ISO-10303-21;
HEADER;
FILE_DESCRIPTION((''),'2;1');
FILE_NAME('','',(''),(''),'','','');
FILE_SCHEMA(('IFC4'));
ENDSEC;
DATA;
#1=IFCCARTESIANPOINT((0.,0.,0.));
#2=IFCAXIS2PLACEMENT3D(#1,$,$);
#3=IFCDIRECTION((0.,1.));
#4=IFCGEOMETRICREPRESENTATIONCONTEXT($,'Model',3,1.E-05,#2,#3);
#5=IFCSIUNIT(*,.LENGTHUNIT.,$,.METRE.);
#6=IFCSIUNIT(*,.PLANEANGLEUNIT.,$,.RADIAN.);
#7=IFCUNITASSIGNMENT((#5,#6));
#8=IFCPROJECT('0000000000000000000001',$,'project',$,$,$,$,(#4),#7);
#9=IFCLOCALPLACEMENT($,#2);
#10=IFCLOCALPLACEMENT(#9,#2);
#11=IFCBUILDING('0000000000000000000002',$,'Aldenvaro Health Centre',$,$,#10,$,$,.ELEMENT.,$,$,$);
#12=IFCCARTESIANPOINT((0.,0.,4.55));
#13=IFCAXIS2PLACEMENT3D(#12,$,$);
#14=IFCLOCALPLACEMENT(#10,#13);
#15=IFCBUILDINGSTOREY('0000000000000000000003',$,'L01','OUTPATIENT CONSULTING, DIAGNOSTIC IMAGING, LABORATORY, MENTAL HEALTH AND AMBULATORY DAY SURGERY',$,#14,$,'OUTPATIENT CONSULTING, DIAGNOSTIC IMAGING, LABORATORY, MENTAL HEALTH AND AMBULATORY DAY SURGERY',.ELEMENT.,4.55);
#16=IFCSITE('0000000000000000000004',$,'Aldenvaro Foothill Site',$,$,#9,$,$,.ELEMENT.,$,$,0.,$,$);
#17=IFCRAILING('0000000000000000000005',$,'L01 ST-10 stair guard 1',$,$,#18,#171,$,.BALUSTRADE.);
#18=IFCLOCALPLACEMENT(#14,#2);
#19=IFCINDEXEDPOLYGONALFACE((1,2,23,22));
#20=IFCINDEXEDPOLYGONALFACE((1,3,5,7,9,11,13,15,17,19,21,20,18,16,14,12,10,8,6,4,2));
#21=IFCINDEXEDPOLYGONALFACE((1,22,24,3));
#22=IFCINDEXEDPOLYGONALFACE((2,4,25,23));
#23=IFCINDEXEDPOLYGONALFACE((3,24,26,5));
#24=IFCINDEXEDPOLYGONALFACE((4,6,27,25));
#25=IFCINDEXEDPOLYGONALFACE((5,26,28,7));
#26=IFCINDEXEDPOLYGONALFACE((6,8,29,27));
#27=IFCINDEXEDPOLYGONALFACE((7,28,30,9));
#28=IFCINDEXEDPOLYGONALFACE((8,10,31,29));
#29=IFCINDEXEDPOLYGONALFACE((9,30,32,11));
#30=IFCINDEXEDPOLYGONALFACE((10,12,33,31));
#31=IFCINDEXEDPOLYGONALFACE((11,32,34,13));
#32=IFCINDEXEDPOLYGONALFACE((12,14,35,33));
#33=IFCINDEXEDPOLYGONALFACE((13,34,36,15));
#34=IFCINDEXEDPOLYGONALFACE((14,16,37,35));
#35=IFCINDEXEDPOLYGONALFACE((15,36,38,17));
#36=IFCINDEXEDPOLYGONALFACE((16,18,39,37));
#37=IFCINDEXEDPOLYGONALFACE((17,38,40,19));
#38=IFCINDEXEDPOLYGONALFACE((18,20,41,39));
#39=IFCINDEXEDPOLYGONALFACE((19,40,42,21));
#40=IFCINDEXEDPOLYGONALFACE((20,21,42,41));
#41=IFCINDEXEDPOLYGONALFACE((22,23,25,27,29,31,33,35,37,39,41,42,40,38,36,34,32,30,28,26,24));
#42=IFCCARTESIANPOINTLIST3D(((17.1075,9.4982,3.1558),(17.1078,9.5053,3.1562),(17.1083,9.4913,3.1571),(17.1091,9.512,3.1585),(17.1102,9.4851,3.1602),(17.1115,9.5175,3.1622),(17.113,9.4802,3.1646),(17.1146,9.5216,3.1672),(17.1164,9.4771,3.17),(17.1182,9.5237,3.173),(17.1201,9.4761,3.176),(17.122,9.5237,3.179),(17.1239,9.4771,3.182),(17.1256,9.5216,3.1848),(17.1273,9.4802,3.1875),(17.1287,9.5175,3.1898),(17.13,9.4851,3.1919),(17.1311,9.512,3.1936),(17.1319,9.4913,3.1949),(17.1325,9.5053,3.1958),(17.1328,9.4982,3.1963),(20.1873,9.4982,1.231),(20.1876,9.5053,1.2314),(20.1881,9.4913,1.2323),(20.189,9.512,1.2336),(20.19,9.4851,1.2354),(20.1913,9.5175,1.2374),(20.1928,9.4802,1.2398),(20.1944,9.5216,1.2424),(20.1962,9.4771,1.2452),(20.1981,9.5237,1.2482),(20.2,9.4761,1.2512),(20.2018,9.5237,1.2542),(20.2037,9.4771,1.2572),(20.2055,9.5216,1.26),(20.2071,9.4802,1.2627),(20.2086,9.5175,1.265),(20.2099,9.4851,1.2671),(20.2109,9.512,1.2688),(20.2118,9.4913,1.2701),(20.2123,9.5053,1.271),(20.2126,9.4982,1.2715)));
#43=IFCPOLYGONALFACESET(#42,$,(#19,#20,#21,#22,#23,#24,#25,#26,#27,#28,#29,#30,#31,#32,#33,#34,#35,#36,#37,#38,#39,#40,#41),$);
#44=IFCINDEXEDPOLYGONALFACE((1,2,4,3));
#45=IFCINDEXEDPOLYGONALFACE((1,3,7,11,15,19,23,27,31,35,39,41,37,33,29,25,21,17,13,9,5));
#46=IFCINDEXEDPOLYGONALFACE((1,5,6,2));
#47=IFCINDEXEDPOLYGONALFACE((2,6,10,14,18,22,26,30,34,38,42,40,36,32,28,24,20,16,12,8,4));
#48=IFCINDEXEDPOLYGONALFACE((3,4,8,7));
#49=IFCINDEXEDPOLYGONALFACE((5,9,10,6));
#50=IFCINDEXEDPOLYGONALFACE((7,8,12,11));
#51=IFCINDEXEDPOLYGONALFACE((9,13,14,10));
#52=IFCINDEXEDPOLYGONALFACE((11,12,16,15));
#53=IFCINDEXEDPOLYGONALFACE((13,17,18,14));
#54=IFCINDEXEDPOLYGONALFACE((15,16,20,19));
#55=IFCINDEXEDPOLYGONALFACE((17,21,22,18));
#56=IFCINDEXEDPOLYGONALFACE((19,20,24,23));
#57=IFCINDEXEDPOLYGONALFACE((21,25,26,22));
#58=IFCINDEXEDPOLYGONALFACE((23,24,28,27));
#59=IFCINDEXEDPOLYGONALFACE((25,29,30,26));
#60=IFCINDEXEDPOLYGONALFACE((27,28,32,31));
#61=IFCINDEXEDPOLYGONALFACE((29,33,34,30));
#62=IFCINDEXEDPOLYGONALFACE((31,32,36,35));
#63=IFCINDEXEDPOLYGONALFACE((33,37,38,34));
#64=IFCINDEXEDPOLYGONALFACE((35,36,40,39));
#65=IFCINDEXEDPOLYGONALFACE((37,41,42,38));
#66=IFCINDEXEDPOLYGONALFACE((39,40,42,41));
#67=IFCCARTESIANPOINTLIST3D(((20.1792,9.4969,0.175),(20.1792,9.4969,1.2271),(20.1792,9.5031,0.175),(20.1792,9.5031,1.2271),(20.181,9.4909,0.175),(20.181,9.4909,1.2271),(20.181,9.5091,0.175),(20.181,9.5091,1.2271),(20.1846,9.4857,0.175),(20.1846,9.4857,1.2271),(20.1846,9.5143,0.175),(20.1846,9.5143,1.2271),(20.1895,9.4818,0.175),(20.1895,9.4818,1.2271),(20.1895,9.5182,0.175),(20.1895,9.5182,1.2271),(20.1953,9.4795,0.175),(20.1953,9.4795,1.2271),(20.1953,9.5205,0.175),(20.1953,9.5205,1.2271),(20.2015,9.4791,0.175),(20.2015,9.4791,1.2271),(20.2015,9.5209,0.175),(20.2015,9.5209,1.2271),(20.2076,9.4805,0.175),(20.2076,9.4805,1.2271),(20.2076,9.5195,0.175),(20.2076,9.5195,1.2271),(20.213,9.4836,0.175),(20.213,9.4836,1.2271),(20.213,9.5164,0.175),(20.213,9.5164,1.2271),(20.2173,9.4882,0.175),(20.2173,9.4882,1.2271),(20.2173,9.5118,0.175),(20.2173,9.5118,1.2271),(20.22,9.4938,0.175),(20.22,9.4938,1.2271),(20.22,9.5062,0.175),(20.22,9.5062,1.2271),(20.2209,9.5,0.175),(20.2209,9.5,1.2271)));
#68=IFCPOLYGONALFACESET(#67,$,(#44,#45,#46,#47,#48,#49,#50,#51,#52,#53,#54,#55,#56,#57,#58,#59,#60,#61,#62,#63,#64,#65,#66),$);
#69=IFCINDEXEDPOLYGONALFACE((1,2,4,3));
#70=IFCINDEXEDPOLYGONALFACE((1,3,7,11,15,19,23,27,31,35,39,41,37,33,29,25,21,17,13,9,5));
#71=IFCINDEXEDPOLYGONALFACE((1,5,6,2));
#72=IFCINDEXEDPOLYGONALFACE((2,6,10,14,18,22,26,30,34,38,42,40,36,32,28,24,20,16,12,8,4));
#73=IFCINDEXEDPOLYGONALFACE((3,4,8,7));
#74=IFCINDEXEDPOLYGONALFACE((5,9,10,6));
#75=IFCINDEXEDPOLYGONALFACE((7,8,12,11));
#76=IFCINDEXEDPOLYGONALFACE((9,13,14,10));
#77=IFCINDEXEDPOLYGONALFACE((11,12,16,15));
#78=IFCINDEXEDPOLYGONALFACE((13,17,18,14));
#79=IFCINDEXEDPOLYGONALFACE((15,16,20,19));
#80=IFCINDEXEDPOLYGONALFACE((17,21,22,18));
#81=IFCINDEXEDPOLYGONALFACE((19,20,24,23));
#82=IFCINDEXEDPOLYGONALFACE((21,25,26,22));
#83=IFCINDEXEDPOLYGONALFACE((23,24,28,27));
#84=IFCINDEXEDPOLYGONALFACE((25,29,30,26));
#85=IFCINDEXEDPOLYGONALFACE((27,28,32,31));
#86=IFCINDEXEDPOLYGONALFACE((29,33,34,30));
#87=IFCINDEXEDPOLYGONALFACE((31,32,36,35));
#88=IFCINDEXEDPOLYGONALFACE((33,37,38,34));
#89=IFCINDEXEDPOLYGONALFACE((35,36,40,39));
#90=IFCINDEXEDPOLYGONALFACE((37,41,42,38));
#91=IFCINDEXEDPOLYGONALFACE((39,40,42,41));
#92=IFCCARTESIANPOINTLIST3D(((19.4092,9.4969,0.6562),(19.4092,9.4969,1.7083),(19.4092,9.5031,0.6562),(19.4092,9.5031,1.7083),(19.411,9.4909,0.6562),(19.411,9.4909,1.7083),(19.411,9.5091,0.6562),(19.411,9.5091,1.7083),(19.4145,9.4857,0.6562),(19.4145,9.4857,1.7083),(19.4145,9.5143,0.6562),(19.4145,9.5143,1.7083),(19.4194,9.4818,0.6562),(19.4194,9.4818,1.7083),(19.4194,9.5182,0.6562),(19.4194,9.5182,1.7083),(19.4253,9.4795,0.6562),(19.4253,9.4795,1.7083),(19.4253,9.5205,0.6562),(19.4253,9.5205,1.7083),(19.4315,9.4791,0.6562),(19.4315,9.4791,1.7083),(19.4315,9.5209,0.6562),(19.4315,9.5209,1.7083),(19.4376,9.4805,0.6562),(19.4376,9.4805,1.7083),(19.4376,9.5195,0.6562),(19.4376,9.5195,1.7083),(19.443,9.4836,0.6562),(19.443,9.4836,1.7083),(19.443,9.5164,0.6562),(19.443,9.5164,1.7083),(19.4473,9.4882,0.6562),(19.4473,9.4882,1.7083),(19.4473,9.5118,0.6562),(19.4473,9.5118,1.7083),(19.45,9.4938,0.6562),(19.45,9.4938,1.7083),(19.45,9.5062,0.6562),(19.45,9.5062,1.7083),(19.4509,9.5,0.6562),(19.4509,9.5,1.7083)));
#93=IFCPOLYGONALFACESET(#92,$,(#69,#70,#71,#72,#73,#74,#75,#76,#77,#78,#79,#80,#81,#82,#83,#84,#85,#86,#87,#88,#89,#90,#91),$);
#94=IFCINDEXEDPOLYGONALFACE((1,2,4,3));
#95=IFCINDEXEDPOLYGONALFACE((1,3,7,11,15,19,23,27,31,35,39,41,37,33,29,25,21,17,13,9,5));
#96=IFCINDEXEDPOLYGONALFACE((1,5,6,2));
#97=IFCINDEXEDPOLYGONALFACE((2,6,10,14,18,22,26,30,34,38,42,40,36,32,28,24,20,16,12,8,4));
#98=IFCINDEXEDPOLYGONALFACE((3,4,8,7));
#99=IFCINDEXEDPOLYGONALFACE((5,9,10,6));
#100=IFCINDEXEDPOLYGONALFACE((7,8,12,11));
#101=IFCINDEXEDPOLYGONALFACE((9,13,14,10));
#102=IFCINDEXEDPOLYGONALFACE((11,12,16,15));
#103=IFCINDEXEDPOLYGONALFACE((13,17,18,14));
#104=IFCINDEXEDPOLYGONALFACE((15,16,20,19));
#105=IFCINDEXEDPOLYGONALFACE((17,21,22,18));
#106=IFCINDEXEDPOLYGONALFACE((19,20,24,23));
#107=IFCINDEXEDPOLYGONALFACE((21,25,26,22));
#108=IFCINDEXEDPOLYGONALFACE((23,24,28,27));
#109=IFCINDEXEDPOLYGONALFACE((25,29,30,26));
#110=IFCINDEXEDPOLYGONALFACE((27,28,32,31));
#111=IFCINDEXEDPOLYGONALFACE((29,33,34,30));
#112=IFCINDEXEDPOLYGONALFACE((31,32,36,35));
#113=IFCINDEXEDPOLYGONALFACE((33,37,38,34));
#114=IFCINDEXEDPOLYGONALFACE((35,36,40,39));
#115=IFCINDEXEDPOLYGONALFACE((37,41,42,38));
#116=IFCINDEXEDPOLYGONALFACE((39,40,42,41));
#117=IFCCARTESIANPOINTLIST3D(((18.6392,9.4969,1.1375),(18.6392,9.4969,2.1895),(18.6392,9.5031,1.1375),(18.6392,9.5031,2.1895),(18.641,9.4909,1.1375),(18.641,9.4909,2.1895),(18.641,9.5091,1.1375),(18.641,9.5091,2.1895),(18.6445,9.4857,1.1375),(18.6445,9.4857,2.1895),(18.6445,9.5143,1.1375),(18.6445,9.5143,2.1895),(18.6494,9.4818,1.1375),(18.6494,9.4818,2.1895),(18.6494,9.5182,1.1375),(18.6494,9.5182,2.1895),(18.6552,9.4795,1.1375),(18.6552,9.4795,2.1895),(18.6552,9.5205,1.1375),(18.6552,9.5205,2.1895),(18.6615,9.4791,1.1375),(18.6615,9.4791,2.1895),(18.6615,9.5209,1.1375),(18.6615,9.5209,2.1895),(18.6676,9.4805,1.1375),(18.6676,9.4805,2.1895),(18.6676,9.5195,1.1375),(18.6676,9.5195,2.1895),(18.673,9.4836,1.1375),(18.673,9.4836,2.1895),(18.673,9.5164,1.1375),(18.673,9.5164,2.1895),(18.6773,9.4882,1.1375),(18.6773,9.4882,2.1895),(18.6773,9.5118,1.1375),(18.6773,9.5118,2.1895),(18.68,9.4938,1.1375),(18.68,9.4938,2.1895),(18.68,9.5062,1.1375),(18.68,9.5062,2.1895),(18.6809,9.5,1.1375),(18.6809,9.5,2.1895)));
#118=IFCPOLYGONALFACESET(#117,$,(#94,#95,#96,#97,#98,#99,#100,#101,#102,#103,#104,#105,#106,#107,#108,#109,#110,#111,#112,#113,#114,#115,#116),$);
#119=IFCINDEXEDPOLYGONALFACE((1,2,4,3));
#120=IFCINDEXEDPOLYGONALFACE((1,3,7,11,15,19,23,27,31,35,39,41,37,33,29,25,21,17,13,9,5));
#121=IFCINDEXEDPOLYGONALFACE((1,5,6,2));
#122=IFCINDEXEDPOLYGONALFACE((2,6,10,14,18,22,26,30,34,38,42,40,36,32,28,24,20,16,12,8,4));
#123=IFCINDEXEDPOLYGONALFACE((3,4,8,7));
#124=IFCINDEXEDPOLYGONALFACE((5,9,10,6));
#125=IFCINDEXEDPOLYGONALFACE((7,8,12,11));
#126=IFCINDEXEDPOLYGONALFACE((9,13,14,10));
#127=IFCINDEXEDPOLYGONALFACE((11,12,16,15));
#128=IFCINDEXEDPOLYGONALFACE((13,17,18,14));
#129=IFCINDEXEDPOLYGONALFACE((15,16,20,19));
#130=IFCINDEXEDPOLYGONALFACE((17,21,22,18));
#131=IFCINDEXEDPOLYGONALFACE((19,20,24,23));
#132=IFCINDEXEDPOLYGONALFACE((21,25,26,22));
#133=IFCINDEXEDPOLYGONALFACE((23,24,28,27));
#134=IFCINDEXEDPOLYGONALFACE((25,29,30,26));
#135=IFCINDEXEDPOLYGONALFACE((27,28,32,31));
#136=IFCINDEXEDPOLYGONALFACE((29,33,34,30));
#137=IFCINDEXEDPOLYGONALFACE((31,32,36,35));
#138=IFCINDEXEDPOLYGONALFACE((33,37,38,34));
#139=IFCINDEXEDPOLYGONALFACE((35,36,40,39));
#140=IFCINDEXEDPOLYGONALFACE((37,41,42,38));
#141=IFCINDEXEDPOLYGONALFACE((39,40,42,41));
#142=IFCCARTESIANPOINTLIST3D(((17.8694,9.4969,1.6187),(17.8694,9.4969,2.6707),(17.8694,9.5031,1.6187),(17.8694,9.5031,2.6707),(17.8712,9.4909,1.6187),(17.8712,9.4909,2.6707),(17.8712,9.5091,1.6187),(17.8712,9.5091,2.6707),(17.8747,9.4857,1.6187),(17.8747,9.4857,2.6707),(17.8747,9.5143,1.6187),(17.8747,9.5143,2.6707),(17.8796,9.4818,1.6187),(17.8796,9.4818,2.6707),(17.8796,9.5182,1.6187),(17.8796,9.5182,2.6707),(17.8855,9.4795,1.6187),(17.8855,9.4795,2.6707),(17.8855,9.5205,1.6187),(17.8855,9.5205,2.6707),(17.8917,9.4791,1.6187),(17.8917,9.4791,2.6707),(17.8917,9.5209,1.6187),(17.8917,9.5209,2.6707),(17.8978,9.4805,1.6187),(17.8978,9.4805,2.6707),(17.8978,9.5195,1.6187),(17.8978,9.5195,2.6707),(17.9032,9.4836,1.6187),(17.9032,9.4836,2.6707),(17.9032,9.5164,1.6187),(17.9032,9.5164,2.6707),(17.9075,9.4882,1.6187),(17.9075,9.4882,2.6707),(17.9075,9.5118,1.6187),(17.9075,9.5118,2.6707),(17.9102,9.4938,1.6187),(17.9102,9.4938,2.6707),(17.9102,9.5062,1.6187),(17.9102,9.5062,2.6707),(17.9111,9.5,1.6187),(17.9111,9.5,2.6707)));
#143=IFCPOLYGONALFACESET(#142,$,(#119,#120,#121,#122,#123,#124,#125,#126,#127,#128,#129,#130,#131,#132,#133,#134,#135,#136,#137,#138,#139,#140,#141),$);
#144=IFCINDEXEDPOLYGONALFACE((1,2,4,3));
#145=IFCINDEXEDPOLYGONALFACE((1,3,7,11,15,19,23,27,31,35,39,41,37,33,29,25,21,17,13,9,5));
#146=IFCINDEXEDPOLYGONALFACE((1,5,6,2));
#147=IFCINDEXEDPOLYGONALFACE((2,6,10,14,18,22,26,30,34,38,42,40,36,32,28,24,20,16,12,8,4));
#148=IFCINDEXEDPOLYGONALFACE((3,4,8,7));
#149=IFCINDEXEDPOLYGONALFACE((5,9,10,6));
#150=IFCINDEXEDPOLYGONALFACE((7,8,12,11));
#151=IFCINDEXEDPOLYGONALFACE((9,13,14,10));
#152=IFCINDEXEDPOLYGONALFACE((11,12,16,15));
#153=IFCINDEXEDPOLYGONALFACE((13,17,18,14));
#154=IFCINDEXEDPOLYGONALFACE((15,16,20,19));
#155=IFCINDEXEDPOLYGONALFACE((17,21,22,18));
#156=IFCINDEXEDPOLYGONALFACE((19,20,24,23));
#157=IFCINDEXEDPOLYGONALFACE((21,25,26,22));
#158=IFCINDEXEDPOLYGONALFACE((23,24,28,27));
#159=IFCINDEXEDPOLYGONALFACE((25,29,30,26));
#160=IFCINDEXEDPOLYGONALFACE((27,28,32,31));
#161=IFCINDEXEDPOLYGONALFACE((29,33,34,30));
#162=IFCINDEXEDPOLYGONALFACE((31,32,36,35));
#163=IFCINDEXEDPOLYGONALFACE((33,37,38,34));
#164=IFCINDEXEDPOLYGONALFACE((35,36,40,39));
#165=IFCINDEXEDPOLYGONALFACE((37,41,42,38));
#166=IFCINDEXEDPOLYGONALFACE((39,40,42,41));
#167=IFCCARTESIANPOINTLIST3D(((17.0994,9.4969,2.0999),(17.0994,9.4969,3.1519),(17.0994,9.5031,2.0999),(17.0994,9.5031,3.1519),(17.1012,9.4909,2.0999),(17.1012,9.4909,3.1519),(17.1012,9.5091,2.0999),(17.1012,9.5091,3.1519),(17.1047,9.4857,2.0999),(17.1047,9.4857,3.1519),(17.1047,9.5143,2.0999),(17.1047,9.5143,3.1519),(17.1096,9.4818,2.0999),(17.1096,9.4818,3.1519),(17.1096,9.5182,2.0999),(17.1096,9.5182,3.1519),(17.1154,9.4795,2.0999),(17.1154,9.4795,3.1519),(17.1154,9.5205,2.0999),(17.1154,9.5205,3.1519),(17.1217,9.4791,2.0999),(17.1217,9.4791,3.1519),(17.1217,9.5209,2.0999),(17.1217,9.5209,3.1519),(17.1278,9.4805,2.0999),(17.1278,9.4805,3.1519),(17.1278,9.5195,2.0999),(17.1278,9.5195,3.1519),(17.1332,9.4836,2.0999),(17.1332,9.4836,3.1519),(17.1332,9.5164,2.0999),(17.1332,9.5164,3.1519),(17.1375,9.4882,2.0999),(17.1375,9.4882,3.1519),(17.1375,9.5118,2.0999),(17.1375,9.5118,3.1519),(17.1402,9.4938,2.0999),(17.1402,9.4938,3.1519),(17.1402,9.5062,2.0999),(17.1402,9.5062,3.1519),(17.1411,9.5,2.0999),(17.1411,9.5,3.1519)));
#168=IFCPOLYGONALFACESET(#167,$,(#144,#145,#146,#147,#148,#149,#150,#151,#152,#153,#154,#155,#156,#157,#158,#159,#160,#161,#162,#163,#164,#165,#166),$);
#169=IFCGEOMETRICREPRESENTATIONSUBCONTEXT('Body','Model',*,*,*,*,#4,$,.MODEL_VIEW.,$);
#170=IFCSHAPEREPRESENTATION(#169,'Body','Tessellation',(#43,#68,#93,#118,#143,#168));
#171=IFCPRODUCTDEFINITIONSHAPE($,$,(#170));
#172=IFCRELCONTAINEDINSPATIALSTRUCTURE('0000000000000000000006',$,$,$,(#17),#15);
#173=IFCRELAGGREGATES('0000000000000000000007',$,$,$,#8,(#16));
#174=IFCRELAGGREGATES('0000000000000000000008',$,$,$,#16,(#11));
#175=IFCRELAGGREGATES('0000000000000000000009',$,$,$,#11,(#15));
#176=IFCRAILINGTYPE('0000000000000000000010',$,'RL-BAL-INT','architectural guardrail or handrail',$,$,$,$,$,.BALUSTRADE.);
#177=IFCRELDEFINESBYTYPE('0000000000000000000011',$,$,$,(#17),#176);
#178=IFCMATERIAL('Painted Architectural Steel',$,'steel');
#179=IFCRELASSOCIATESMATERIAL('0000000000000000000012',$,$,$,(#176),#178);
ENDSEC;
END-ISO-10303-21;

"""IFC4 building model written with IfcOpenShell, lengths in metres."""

from ifc_helpers import new_model, si_unit, direction, frame, origin, origin_2d, place, context, subcontext, project, spatial, circle, extrude, material, type_object, element, save


model = new_model("IFC4")

# Units and contexts
model_context = context("Model", 3, precision=1e-05, world=origin(), true_north=direction((0.0, 1.0)))
body_context = subcontext(model_context, "Body", "Model", "MODEL_VIEW")
ifc_project = project(units=[si_unit("LENGTHUNIT", "METRE"), si_unit("PLANEANGLEUNIT", "RADIAN")], contexts=[model_context])

# Site, building, storey
site_placement = place(None, origin())
site = spatial("IfcSite", under=ifc_project, at=site_placement, Name="Aldenvaro Foothill Site", CompositionType="ELEMENT", RefElevation=0.0)
building_placement = place(site_placement, origin())
building = spatial("IfcBuilding", under=site, at=building_placement, Name="Aldenvaro Health Centre", CompositionType="ELEMENT")
storey_placement = place(building_placement, frame((0.0, 0.0, 4.55)))
storey = spatial("IfcBuildingStorey", under=building, at=storey_placement, Name="L01", Description="OUTPATIENT CONSULTING, DIAGNOSTIC IMAGING, LABORATORY, MENTAL HEALTH AND AMBULATORY DAY SURGERY", LongName="OUTPATIENT CONSULTING, DIAGNOSTIC IMAGING, LABORATORY, MENTAL HEALTH AND AMBULATORY DAY SURGERY", CompositionType="ELEMENT", Elevation=4.55)

# Railing
ifc_material_1 = material(Name="Painted Architectural Steel", Category="steel")
railing_type_1 = type_object("IfcRailingType", Name="RL-BAL-INT", Description="architectural guardrail or handrail", PredefinedType="BALUSTRADE", material=ifc_material_1)
railing_1_placement = place(storey_placement, frame((20.2, 9.5, 0.175)))
element("IfcRailing", 1, at=railing_1_placement, inside=storey, type_object=railing_type_1, Name="L01 ST-10 stair guard 1", PredefinedType="BALUSTRADE", context=body_context, shape_type="SweptSolid", body=[
    extrude(circle(Radius=0.0239, at=origin_2d()), frame((0.0, 0.0, 1.0762), z_axis=(-0.84801, 0.0, 0.529981), x_axis=(0.0, -1.0, 0.0)), (0.0, 0.0, 1.0), 3.6318),
    extrude(circle(Radius=0.021, at=origin_2d()), origin(), (0.0, 0.0, 1.0), 1.052),
    extrude(circle(Radius=0.021, at=origin_2d()), frame((-0.77, 0.0, 0.4812)), (0.0, 0.0, 1.0), 1.052),
    extrude(circle(Radius=0.021, at=origin_2d()), frame((-1.54, 0.0, 0.9624)), (0.0, 0.0, 1.0), 1.052),
    extrude(circle(Radius=0.021, at=origin_2d()), frame((-2.3098, 0.0, 1.4436)), (0.0, 0.0, 1.0), 1.052),
    extrude(circle(Radius=0.021, at=origin_2d()), frame((-3.0798, 0.0, 1.9248)), (0.0, 0.0, 1.0), 1.052),
])

save(model, "model.ifc")
